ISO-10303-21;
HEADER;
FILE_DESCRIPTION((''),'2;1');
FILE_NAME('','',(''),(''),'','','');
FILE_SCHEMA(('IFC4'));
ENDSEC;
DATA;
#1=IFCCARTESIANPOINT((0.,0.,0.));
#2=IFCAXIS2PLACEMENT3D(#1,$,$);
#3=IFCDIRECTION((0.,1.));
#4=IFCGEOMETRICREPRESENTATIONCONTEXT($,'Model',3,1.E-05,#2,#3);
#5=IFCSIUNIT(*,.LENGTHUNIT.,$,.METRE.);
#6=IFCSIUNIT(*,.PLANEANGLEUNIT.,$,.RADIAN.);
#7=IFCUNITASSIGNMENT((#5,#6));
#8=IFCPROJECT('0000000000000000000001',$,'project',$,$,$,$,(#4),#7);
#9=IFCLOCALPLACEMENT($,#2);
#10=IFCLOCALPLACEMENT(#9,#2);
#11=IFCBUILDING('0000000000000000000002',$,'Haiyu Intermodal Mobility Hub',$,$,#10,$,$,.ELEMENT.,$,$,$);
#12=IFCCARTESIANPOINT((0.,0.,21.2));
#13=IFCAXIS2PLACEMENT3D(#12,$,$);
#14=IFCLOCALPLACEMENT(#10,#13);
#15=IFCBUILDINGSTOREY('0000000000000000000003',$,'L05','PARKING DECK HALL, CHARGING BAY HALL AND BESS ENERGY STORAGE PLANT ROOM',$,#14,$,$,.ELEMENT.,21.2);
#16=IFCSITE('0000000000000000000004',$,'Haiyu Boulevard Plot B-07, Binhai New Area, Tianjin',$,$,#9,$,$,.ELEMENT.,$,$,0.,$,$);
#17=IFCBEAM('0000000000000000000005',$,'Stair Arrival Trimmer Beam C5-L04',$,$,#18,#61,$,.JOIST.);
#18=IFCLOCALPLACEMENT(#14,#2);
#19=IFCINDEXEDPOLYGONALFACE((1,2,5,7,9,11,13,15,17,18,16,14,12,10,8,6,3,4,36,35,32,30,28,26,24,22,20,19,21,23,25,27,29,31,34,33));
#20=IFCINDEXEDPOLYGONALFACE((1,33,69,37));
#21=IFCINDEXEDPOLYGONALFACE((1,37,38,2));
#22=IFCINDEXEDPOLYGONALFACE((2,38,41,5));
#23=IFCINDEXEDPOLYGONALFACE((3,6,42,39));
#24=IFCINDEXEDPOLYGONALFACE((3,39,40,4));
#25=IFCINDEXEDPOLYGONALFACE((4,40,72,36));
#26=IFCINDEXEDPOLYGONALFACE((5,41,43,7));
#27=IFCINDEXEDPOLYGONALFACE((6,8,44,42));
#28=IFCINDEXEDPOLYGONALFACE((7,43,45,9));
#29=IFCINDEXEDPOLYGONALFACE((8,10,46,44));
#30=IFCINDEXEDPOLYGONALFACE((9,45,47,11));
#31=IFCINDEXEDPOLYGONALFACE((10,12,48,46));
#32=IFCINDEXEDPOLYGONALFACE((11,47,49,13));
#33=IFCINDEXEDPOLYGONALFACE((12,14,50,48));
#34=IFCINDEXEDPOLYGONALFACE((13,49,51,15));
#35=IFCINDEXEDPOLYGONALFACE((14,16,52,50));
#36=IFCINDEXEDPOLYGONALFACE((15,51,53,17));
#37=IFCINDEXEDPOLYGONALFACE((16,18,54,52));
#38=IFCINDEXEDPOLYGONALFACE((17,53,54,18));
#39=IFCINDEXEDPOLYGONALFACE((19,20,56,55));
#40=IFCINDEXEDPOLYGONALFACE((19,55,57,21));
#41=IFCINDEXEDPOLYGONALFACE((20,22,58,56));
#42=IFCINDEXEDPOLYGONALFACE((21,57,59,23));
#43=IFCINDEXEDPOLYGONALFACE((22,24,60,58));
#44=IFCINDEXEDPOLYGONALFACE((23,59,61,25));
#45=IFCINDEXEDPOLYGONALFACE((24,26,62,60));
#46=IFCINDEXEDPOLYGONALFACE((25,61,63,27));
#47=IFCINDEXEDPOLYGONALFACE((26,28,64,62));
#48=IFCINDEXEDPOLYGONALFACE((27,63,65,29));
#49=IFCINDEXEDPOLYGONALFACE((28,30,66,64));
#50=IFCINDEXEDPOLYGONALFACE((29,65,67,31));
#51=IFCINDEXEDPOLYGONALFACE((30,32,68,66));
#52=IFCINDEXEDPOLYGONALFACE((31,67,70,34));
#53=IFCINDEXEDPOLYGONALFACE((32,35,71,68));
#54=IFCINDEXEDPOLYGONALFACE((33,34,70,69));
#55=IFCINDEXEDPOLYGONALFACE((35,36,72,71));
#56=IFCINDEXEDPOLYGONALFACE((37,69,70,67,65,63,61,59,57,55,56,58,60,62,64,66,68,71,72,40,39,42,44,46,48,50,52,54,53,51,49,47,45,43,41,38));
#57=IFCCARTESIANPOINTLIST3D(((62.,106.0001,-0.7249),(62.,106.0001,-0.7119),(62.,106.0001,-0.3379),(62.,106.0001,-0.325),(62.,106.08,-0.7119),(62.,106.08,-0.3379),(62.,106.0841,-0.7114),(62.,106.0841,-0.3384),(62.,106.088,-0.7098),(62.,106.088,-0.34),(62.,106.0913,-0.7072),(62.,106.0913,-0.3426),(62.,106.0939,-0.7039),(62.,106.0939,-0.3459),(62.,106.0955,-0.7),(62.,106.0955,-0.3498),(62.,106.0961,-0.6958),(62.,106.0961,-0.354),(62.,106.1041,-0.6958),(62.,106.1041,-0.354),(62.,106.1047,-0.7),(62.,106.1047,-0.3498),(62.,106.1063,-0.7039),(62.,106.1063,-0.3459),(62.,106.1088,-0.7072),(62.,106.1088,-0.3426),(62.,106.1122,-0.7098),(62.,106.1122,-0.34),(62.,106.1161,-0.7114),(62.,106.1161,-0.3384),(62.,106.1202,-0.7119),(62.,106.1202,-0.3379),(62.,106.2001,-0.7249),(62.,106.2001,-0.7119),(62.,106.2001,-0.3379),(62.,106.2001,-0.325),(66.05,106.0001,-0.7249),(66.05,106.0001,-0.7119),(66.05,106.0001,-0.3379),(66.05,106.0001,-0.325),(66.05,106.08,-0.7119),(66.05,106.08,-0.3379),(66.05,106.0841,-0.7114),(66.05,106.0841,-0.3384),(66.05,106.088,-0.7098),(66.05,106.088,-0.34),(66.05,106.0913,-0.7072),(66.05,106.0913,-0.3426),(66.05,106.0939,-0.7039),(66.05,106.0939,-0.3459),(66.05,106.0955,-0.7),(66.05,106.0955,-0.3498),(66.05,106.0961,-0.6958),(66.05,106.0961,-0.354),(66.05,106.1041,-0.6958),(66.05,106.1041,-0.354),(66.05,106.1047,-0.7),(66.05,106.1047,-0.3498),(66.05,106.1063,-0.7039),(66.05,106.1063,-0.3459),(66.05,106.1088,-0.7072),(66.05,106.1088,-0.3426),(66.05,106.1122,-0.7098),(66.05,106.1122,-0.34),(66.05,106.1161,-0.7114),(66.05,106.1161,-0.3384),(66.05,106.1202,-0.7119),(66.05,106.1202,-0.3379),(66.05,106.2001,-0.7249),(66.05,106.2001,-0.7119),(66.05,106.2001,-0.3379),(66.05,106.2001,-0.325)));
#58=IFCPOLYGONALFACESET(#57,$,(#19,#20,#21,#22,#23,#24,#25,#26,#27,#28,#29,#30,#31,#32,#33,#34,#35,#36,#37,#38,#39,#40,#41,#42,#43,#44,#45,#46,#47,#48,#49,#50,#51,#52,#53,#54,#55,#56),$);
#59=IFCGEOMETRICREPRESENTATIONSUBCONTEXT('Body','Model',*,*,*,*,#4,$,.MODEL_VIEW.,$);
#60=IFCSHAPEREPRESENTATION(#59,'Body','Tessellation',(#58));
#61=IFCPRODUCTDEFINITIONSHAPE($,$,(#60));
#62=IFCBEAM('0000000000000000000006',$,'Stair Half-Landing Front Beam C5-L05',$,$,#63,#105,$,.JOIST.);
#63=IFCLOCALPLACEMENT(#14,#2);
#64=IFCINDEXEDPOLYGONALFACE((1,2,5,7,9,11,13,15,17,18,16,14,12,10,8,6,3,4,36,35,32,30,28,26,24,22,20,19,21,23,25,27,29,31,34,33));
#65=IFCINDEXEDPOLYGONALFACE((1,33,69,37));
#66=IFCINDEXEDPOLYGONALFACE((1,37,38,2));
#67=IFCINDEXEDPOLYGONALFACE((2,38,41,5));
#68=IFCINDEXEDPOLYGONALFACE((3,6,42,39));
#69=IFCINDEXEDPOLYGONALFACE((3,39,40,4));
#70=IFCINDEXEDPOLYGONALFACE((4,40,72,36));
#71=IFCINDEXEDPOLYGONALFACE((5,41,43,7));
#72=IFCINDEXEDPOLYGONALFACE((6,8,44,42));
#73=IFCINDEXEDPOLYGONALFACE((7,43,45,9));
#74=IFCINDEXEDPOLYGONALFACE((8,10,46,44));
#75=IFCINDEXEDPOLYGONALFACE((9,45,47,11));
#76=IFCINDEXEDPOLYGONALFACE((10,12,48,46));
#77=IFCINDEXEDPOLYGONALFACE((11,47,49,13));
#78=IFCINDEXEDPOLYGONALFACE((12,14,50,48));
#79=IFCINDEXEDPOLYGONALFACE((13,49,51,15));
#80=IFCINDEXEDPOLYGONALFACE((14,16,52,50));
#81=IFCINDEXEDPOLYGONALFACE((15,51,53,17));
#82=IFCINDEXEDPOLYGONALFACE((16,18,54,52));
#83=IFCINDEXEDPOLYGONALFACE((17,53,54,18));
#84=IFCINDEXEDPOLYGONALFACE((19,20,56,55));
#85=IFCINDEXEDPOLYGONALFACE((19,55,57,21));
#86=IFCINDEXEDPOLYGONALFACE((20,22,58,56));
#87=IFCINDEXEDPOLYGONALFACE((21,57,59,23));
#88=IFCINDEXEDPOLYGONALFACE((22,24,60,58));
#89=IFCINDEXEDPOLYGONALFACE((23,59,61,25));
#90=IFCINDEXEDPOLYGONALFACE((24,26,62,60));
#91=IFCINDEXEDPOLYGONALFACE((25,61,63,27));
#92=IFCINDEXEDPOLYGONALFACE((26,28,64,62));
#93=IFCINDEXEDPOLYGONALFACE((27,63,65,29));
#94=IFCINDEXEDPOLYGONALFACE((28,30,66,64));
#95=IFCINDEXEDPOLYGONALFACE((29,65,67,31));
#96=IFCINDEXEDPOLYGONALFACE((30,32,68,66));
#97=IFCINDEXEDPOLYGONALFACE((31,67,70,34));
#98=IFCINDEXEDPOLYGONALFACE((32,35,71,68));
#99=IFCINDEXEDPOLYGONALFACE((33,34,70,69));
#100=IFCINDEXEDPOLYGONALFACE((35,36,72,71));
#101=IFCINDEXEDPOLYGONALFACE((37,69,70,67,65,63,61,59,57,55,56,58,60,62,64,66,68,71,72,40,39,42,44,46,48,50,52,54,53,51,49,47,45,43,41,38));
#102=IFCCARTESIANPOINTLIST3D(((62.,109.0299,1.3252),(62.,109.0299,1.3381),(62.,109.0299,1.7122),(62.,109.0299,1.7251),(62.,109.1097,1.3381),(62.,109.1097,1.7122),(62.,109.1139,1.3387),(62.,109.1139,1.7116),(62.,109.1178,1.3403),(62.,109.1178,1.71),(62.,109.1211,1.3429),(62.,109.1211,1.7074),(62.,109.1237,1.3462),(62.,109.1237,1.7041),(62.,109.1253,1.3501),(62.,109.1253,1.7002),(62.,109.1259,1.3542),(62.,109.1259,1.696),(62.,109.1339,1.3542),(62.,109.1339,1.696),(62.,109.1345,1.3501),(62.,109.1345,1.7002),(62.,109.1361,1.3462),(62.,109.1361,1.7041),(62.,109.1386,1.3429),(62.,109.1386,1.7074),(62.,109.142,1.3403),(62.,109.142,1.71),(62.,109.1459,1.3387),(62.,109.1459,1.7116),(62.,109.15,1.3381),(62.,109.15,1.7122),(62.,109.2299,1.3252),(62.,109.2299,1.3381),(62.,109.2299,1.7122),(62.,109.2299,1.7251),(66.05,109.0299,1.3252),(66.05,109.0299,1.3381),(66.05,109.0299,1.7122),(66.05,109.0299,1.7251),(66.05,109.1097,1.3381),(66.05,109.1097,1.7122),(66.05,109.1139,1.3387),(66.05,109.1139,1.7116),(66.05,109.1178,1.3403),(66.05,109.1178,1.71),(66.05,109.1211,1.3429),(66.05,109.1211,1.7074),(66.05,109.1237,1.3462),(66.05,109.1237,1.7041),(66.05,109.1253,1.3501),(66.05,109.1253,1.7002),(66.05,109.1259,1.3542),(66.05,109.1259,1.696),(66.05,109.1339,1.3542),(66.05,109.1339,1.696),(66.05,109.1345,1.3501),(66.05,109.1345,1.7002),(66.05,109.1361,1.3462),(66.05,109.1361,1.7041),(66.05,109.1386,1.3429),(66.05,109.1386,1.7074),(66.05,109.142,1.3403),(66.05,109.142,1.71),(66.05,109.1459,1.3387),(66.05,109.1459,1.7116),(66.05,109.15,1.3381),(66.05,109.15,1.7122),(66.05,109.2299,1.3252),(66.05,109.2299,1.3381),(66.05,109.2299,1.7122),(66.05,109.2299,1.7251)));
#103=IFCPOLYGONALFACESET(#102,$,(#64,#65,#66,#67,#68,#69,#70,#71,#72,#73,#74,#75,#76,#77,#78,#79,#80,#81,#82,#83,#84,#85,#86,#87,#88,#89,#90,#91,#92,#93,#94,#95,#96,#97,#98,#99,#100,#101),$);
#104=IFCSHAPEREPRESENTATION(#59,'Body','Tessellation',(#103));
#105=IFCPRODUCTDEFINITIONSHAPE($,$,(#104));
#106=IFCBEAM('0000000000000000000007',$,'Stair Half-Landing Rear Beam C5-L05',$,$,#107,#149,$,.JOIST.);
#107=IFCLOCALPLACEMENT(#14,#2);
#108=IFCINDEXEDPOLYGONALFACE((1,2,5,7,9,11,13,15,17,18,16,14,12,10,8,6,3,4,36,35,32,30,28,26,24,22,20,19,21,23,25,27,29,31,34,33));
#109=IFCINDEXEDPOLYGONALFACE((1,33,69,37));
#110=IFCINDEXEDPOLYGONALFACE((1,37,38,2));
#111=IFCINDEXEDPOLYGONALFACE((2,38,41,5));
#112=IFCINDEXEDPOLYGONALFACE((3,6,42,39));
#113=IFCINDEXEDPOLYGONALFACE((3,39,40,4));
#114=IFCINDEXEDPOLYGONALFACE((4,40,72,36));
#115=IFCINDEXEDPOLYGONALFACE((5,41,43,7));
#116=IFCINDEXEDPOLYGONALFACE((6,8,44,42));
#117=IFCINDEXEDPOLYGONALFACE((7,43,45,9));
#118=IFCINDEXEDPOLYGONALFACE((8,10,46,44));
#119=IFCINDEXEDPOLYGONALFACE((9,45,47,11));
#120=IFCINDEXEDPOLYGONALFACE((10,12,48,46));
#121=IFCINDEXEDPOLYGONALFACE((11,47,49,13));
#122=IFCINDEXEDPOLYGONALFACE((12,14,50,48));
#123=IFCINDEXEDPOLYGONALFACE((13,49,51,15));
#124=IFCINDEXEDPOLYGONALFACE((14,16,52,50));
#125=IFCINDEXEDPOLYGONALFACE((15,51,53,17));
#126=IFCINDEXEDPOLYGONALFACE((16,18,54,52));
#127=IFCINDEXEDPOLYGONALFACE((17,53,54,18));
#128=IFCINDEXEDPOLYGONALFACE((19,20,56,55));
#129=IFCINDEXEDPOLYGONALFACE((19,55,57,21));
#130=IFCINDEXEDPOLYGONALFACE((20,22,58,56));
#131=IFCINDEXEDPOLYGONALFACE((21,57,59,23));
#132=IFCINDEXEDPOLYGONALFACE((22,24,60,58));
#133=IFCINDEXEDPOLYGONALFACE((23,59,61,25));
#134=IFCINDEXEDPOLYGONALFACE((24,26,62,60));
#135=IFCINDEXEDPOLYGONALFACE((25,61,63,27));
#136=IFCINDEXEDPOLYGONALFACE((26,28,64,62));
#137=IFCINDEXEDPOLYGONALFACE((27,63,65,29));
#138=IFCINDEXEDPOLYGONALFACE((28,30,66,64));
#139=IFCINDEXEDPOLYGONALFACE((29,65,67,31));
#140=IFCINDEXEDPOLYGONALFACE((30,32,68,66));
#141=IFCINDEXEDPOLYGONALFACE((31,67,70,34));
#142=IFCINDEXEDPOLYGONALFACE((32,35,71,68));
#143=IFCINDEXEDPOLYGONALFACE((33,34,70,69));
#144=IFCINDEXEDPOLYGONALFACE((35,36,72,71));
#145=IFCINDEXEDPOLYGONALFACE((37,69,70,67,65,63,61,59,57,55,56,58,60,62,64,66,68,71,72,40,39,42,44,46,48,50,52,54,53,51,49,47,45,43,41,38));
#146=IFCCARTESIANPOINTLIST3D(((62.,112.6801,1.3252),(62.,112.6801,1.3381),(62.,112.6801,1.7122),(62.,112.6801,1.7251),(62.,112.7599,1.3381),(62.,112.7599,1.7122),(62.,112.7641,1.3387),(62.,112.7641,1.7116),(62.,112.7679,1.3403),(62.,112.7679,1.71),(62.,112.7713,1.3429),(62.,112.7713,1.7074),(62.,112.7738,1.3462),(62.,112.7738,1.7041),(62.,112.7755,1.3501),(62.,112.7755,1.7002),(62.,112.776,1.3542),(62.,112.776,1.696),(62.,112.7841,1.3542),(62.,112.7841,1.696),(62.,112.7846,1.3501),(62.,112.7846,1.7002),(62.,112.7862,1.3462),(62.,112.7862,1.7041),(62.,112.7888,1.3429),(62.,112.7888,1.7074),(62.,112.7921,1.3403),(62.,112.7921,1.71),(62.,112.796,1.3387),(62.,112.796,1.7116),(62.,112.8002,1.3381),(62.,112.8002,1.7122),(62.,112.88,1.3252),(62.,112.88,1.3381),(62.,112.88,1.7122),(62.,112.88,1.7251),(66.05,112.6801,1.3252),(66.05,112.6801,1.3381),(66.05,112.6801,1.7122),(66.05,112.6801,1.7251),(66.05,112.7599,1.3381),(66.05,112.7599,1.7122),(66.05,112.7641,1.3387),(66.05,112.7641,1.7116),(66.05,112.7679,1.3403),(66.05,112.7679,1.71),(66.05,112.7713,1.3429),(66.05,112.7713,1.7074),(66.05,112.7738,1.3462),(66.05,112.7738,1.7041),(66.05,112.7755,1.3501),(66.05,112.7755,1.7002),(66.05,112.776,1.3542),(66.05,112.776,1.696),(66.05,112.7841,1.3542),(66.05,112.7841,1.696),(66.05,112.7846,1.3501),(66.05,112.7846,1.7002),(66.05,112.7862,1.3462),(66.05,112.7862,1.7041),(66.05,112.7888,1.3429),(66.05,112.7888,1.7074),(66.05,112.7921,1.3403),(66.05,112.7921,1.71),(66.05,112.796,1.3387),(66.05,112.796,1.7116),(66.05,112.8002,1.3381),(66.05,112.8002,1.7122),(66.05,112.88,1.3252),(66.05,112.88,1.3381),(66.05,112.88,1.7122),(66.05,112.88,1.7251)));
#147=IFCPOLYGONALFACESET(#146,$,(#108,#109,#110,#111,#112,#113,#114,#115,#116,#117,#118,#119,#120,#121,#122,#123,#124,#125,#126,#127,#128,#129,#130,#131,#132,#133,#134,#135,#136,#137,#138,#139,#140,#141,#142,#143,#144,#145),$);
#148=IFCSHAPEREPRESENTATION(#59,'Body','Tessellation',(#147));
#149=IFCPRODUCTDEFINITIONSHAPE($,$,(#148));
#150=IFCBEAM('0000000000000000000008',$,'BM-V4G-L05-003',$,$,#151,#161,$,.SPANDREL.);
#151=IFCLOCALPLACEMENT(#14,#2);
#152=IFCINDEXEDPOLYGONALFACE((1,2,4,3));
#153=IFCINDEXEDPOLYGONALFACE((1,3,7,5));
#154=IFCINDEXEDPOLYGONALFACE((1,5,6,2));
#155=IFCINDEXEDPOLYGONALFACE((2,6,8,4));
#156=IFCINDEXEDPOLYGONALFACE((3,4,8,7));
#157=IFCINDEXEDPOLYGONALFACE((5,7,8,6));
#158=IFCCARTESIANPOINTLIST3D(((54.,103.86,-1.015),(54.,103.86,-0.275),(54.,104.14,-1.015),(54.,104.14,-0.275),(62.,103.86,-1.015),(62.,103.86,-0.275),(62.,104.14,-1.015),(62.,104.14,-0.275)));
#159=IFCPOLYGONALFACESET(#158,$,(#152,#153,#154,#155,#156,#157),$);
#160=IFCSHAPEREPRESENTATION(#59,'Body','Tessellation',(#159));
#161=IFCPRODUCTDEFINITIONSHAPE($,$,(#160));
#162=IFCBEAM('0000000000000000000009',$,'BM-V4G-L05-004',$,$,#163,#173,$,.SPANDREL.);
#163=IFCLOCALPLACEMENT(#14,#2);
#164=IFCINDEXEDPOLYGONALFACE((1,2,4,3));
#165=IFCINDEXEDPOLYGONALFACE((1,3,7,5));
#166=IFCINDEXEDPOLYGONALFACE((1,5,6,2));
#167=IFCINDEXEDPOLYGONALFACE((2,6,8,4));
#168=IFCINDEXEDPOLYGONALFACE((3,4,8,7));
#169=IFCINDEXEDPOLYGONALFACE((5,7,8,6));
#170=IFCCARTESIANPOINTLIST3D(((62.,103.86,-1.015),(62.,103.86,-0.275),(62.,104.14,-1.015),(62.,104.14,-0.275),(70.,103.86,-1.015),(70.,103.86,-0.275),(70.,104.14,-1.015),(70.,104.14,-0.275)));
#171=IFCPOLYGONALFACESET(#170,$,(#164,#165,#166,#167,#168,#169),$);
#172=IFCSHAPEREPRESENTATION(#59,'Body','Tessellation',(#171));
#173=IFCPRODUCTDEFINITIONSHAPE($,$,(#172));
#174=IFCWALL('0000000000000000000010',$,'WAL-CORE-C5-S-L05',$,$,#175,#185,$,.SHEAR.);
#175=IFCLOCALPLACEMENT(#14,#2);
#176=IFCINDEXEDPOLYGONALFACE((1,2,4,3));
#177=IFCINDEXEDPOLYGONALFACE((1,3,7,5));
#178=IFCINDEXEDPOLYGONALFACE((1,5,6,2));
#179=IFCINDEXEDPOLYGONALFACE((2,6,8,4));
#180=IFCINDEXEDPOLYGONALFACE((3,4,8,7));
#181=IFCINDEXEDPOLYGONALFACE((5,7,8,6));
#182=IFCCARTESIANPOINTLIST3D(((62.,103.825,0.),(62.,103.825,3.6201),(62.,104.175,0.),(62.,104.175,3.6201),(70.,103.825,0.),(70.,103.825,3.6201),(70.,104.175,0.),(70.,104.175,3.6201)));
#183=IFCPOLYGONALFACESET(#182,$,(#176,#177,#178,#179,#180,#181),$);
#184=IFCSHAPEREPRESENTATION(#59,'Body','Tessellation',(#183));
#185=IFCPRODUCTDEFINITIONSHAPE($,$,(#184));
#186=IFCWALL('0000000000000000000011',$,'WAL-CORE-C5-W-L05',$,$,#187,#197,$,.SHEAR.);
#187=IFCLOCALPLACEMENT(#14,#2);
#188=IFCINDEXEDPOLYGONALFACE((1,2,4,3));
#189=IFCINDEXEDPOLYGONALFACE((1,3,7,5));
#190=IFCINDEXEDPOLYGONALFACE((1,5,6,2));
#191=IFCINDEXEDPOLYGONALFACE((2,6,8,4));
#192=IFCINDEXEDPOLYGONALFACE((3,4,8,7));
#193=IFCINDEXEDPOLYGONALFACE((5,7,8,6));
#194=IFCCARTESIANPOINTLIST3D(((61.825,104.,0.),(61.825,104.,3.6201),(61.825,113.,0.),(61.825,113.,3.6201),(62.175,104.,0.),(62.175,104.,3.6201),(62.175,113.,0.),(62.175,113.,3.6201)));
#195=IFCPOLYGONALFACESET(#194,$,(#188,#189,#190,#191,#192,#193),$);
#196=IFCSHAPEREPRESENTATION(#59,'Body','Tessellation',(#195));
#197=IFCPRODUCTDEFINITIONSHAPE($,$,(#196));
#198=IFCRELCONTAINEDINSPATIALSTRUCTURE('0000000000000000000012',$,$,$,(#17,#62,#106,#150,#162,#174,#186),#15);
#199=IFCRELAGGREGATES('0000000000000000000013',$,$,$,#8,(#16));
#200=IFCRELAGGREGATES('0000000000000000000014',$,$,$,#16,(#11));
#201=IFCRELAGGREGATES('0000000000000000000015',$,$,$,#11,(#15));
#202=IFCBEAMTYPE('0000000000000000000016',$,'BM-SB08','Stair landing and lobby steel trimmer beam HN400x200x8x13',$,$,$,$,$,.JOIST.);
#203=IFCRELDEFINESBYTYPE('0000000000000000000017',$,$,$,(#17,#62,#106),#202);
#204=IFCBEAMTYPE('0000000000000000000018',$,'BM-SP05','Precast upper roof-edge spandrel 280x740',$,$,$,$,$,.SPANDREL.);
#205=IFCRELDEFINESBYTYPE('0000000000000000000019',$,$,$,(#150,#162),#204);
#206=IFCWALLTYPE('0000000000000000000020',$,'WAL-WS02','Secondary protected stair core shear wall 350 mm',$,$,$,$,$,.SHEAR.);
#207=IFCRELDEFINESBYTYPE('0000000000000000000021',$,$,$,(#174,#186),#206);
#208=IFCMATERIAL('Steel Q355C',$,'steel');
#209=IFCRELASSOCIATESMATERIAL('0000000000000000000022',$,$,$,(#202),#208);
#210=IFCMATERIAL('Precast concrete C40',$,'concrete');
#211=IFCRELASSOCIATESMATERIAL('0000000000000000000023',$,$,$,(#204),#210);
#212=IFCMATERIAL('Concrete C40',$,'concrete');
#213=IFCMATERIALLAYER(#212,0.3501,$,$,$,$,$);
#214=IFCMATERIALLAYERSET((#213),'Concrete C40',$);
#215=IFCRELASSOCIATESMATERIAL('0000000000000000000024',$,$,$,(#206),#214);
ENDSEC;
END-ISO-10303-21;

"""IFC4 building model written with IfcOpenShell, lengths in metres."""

from ifc_helpers import new_model, si_unit, direction, frame, frame_2d, origin, origin_2d, place, context, subcontext, project, spatial, rectangle, i_section, extrude, material, layer, layer_set, material_profile, profile_set, type_object, element, save


model = new_model("IFC4")

# Units and contexts
model_context = context("Model", 3, precision=1e-05, world=origin(), true_north=direction((0.0, 1.0)))
body_context = subcontext(model_context, "Body", "Model", "MODEL_VIEW")
ifc_project = project(units=[si_unit("LENGTHUNIT", "METRE"), si_unit("PLANEANGLEUNIT", "RADIAN")], contexts=[model_context])

# Site, building, storey
site_placement = place(None, origin())
site = spatial("IfcSite", under=ifc_project, at=site_placement, Name="Haiyu Boulevard Plot B-07, Binhai New Area, Tianjin", CompositionType="ELEMENT", RefElevation=0.0)
building_placement = place(site_placement, origin())
building = spatial("IfcBuilding", under=site, at=building_placement, Name="Haiyu Intermodal Mobility Hub", CompositionType="ELEMENT")
storey_placement = place(building_placement, frame((0.0, 0.0, 21.2)))
storey = spatial("IfcBuildingStorey", under=building, at=storey_placement, Name="L05", Description="PARKING DECK HALL, CHARGING BAY HALL AND BESS ENERGY STORAGE PLANT ROOM", CompositionType="ELEMENT", Elevation=21.2)

# Shared definitions
ifc_material_1 = material(Name="Precast concrete C40", Category="concrete")

# Beams
ifc_material_2 = material(Name="Concrete C40", Category="concrete")
ifc_material_3 = material(Name="Steel Q355C", Category="steel")
ifc_material_profile_1 = material_profile(ifc_material_3, i_section(OverallWidth=0.2, OverallDepth=0.3999, WebThickness=0.0081, FlangeThickness=0.0129, FilletRadius=0.0161, at=origin_2d()), Name="HN400x200x8x13")
ifc_profile_set_1 = profile_set([ifc_material_profile_1], Name="Steel Q355C")
beam_type_1 = type_object("IfcBeamType", Name="BM-SB08", Description="Stair landing and lobby steel trimmer beam HN400x200x8x13", PredefinedType="JOIST", material=ifc_profile_set_1)
for number, where, z_axis, x_axis, name in (
    (1, (62.0, 106.1001, -0.5249), (1.0, 0.0, 0.0), (0.0, 1.0, 0.0), "Stair Arrival Trimmer Beam C5-L04"),
    (2, (62.0, 109.1299, 1.5251), (1.0, 0.0, 0.0), (0.0, 1.0, 0.0), "Stair Half-Landing Front Beam C5-L05"),
    (3, (62.0, 112.78, 1.5251), (1.0, 0.0, 0.0), (0.0, 1.0, 0.0), "Stair Half-Landing Rear Beam C5-L05"),
):
    element("IfcBeam", number, at=place(storey_placement, frame(where, z_axis=z_axis, x_axis=x_axis)), inside=storey, type_object=beam_type_1, Name=name, PredefinedType="JOIST", context=body_context, shape_type="SweptSolid", body=[
        extrude(i_section(OverallWidth=0.2, OverallDepth=0.3999, WebThickness=0.0081, FlangeThickness=0.0129, FilletRadius=0.0161, at=origin_2d()), origin(), (0.0, 0.0, 1.0), 4.05),
    ])
ifc_material_profile_2 = material_profile(ifc_material_1, rectangle(XDim=0.28, YDim=0.74, at=origin_2d()), Name="B280x740")
ifc_profile_set_2 = profile_set([ifc_material_profile_2], Name="Precast concrete C40")
beam_type_2 = type_object("IfcBeamType", Name="BM-SP05", Description="Precast upper roof-edge spandrel 280x740", PredefinedType="SPANDREL", material=ifc_profile_set_2)
for number, where, z_axis, x_axis, name in (
    (4, (54.0, 104.0, -0.645), (1.0, 0.0, 0.0), (0.0, 1.0, 0.0), "BM-V4G-L05-003"),
    (5, (62.0, 104.0, -0.645), (1.0, 0.0, 0.0), (0.0, 1.0, 0.0), "BM-V4G-L05-004"),
):
    element("IfcBeam", number, at=place(storey_placement, frame(where, z_axis=z_axis, x_axis=x_axis)), inside=storey, type_object=beam_type_2, Name=name, PredefinedType="SPANDREL", context=body_context, shape_type="SweptSolid", body=[
        extrude(rectangle(XDim=0.28, YDim=0.74, at=origin_2d()), origin(), (0.0, 0.0, 1.0), 8.0),
    ])

# Walls
ifc_layer = layer(ifc_material_2, 0.3501)
ifc_layer_set = layer_set([ifc_layer], Name="Concrete C40")
wall_type = type_object("IfcWallType", Name="WAL-WS02", Description="Secondary protected stair core shear wall 350 mm", PredefinedType="SHEAR", material=ifc_layer_set)
wall_1_placement = place(storey_placement, frame((62.0, 104.0, 0.0), z_axis=(0.0, 0.0, 1.0), x_axis=(1.0, 0.0, 0.0)))
element("IfcWall", 6, at=wall_1_placement, inside=storey, type_object=wall_type, Name="WAL-CORE-C5-S-L05", PredefinedType="SHEAR", context=body_context, shape_type="SweptSolid", body=[
    extrude(rectangle(XDim=8.0, YDim=0.3501, at=frame_2d((4.0, 0.0))), origin(), (0.0, 0.0, 1.0), 3.6201),
])
wall_2_placement = place(storey_placement, frame((62.0, 113.0, 0.0), z_axis=(0.0, 0.0, 1.0), x_axis=(0.0, -1.0, 0.0)))
element("IfcWall", 7, at=wall_2_placement, inside=storey, type_object=wall_type, Name="WAL-CORE-C5-W-L05", PredefinedType="SHEAR", context=body_context, shape_type="SweptSolid", body=[
    extrude(rectangle(XDim=9.0, YDim=0.3501, at=frame_2d((4.5, 0.0))), origin(), (0.0, 0.0, 1.0), 3.6201),
])

save(model, "model.ifc")
